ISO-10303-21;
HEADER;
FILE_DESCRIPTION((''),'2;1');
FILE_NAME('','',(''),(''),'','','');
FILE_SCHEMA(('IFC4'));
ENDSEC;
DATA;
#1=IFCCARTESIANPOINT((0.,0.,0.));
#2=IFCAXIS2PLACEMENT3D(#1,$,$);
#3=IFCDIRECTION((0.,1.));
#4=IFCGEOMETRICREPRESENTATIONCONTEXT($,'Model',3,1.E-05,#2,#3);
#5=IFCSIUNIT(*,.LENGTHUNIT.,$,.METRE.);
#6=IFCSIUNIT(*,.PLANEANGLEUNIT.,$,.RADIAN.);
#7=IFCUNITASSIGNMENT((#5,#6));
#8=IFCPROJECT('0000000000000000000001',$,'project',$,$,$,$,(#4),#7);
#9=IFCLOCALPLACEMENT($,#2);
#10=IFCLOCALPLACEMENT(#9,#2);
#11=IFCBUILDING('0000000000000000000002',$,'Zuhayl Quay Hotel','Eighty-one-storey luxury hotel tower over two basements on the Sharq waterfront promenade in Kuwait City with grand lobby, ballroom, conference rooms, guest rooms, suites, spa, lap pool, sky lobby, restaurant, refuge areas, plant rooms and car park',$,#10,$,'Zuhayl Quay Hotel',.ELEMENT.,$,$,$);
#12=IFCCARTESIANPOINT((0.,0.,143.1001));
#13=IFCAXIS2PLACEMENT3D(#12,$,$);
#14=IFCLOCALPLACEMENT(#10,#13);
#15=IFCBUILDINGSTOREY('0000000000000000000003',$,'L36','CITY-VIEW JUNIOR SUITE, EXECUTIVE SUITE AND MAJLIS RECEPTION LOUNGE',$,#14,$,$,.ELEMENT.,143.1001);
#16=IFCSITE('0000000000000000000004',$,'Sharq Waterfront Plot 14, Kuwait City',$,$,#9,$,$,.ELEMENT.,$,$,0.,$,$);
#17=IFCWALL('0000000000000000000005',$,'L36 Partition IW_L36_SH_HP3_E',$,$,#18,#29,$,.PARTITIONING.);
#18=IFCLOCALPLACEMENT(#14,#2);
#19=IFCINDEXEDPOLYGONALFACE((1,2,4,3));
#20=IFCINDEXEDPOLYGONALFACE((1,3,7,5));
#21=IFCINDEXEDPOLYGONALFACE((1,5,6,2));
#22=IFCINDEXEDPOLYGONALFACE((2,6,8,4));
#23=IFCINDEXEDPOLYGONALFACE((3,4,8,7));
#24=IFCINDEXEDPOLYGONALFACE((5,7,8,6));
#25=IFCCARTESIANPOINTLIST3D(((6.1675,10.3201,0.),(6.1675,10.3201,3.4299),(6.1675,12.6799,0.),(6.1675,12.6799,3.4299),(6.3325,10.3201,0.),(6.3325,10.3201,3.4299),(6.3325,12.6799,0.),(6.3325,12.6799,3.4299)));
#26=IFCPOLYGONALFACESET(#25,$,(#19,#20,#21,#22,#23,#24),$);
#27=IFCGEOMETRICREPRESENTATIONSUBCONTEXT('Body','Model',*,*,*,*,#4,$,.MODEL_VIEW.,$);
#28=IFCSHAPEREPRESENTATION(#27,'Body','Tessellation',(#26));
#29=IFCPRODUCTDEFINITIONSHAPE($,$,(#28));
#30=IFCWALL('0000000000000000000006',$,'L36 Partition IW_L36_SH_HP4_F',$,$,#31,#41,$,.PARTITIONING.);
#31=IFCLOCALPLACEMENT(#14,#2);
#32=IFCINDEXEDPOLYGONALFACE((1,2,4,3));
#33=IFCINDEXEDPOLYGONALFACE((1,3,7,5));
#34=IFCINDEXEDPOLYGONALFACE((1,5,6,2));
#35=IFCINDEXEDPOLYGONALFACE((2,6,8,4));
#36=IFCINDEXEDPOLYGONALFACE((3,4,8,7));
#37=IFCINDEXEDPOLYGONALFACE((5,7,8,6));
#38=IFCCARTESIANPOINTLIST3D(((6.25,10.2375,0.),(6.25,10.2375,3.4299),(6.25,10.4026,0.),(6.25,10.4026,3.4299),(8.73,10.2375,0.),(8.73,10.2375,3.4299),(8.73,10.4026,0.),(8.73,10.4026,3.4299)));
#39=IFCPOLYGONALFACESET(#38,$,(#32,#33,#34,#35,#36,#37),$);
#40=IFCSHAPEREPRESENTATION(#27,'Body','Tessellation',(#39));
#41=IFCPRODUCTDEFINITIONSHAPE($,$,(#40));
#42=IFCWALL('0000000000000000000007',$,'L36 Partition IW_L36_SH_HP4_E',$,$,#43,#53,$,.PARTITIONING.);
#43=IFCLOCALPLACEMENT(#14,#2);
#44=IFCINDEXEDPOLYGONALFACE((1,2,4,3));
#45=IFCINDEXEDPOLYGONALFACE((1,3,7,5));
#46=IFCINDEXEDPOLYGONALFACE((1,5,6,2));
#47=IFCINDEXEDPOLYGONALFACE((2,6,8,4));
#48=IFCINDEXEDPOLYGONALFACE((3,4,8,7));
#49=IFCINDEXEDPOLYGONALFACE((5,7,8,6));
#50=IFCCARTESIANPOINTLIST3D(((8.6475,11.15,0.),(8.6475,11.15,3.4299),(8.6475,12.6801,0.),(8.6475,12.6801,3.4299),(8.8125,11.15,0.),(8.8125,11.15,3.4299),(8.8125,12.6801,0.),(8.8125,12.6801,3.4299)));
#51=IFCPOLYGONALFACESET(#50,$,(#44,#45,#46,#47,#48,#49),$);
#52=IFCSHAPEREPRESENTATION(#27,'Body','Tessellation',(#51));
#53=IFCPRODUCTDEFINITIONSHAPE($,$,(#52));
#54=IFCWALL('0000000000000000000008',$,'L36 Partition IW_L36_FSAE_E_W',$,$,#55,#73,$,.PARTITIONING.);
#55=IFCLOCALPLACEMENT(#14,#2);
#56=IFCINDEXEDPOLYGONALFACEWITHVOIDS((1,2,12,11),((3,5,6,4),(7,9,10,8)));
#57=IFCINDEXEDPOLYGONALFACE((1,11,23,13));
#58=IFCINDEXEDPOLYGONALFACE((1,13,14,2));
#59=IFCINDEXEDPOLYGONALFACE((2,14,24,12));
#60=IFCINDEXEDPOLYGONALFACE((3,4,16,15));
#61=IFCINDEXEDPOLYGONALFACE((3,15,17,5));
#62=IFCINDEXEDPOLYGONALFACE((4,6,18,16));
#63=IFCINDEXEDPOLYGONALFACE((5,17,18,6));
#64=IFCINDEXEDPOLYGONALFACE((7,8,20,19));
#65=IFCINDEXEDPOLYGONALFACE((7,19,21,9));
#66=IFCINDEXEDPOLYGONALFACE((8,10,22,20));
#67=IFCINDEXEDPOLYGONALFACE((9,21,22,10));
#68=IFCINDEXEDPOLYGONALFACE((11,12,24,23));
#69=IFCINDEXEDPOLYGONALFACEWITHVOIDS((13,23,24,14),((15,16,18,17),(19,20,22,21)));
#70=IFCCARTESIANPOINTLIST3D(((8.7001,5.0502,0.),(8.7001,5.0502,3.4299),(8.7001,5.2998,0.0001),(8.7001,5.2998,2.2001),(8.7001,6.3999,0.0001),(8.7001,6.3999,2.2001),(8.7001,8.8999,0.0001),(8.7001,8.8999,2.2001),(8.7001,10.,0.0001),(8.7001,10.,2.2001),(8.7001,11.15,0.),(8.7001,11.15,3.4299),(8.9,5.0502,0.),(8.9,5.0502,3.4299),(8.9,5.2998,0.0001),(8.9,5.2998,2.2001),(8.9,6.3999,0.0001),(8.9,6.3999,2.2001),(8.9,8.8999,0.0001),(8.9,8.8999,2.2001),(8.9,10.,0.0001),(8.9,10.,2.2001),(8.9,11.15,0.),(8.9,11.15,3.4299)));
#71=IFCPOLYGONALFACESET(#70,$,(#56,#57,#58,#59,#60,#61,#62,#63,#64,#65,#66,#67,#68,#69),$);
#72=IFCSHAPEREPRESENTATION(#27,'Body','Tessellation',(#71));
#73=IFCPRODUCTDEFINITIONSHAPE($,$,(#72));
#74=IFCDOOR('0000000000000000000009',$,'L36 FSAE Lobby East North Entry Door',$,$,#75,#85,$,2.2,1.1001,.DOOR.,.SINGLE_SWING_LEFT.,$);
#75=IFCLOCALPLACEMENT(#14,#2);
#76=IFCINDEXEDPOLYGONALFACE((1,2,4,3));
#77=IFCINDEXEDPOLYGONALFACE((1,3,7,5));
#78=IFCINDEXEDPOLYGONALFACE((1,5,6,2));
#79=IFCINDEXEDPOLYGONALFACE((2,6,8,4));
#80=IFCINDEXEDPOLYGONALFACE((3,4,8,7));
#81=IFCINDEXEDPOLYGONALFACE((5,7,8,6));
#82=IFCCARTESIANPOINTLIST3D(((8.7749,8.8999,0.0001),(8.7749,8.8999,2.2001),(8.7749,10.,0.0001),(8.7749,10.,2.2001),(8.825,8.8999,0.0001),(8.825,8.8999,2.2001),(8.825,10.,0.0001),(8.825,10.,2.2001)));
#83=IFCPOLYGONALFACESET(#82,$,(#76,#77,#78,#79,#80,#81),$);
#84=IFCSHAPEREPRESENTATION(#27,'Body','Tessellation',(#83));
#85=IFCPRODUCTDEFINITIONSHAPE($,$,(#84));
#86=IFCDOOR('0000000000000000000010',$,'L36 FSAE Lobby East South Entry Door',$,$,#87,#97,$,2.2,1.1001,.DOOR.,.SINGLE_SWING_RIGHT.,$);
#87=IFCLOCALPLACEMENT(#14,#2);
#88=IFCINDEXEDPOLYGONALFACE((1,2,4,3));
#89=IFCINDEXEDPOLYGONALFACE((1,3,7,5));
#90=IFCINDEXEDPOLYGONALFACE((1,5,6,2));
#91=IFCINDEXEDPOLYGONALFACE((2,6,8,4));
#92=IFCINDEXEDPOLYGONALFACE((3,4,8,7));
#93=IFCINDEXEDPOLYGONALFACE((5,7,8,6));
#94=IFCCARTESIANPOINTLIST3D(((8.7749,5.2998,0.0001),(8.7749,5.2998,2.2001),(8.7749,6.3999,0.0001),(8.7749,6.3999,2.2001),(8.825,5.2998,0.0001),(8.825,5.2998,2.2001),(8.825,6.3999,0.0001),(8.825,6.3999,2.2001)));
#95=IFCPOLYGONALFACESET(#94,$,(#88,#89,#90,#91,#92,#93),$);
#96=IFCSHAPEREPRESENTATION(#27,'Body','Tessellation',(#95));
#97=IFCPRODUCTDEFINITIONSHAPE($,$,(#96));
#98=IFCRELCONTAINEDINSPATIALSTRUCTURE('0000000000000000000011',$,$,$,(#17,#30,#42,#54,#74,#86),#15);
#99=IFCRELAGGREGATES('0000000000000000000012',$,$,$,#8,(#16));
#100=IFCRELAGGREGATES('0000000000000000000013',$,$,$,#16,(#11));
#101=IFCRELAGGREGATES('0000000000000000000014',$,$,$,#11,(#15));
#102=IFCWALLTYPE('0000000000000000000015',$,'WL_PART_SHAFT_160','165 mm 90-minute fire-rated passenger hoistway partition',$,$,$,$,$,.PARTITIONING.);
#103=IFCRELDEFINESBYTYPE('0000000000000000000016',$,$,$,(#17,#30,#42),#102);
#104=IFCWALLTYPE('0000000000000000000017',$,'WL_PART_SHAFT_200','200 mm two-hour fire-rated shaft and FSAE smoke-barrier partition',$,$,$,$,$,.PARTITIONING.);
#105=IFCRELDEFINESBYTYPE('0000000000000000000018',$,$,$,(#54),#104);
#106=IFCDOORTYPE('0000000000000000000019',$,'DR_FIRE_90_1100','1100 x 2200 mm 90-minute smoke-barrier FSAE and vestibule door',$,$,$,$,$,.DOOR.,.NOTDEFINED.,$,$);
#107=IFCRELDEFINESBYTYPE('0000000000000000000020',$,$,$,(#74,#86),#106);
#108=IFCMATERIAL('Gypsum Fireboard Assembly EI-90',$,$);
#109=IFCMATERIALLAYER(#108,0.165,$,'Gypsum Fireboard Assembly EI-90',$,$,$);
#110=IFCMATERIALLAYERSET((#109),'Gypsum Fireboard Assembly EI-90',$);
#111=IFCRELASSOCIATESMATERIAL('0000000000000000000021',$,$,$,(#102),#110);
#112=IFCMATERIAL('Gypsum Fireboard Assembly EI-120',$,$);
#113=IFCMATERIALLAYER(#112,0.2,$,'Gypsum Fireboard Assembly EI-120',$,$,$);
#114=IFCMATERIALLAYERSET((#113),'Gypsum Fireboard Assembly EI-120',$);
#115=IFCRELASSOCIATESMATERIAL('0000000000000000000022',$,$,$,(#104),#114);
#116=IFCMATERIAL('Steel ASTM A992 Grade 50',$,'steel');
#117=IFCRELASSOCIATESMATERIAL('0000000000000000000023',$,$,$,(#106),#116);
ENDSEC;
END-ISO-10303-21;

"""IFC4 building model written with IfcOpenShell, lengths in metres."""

from ifc_helpers import new_model, si_unit, direction, frame, frame_2d, origin, place, context, subcontext, project, spatial, rectangle, extrude, material, layer, layer_set, type_object, element, fill, save


model = new_model("IFC4")

# Units and contexts
model_context = context("Model", 3, precision=1e-05, world=origin(), true_north=direction((0.0, 1.0)))
body_context = subcontext(model_context, "Body", "Model", "MODEL_VIEW")
ifc_project = project(units=[si_unit("LENGTHUNIT", "METRE"), si_unit("PLANEANGLEUNIT", "RADIAN")], contexts=[model_context])

# Site, building, storey
site_placement = place(None, origin())
site = spatial("IfcSite", under=ifc_project, at=site_placement, Name="Sharq Waterfront Plot 14, Kuwait City", CompositionType="ELEMENT", RefElevation=0.0)
building_placement = place(site_placement, origin())
building = spatial("IfcBuilding", under=site, at=building_placement, Name="Zuhayl Quay Hotel", Description="Eighty-one-storey luxury hotel tower over two basements on the Sharq waterfront promenade in Kuwait City with grand lobby, ballroom, conference rooms, guest rooms, suites, spa, lap pool, sky lobby, restaurant, refuge areas, plant rooms and car park", LongName="Zuhayl Quay Hotel", CompositionType="ELEMENT")
storey_placement = place(building_placement, frame((0.0, 0.0, 143.1001)))
storey = spatial("IfcBuildingStorey", under=building, at=storey_placement, Name="L36", Description="CITY-VIEW JUNIOR SUITE, EXECUTIVE SUITE AND MAJLIS RECEPTION LOUNGE", CompositionType="ELEMENT", Elevation=143.1001)

# Shared definitions
ifc_material_1 = material(Name="Steel ASTM A992 Grade 50", Category="steel")

# Walls
ifc_material_2 = material(Name="Gypsum Fireboard Assembly EI-90")
ifc_layer_1 = layer(ifc_material_2, 0.165, Name="Gypsum Fireboard Assembly EI-90")
ifc_layer_set_1 = layer_set([ifc_layer_1], Name="Gypsum Fireboard Assembly EI-90")
wall_type_1 = type_object("IfcWallType", Name="WL_PART_SHAFT_160", Description="165 mm 90-minute fire-rated passenger hoistway partition", PredefinedType="PARTITIONING", material=ifc_layer_set_1)
wall_1_placement = place(storey_placement, frame((6.25, 10.3201, 0.0), z_axis=(0.0, 0.0, 1.0), x_axis=(0.0, 1.0, 0.0)))
element("IfcWall", 1, at=wall_1_placement, inside=storey, type_object=wall_type_1, Name="L36 Partition IW_L36_SH_HP3_E", PredefinedType="PARTITIONING", context=body_context, shape_type="SweptSolid", body=[
    extrude(rectangle(XDim=2.3599, YDim=0.165, at=frame_2d((1.1799, 0.0))), origin(), (0.0, 0.0, 1.0), 3.4299),
])
wall_2_placement = place(storey_placement, frame((6.25, 10.3201, 0.0), z_axis=(0.0, 0.0, 1.0), x_axis=(1.0, 0.0, 0.0)))
element("IfcWall", 2, at=wall_2_placement, inside=storey, type_object=wall_type_1, Name="L36 Partition IW_L36_SH_HP4_F", PredefinedType="PARTITIONING", context=body_context, shape_type="SweptSolid", body=[
    extrude(rectangle(XDim=2.48, YDim=0.165, at=frame_2d((1.24, 0.0))), origin(), (0.0, 0.0, 1.0), 3.4299),
])
wall_3_placement = place(storey_placement, frame((8.73, 11.1499, 0.0), z_axis=(0.0, 0.0, 1.0), x_axis=(0.0, 1.0, 0.0)))
element("IfcWall", 3, at=wall_3_placement, inside=storey, type_object=wall_type_1, Name="L36 Partition IW_L36_SH_HP4_E", PredefinedType="PARTITIONING", context=body_context, shape_type="SweptSolid", body=[
    extrude(rectangle(XDim=1.53, YDim=0.165, at=frame_2d((0.7651, 0.0))), origin(), (0.0, 0.0, 1.0), 3.4299),
])

# Wall, openings, doors
ifc_material_3 = material(Name="Gypsum Fireboard Assembly EI-120")
ifc_layer_2 = layer(ifc_material_3, 0.2, Name="Gypsum Fireboard Assembly EI-120")
ifc_layer_set_2 = layer_set([ifc_layer_2], Name="Gypsum Fireboard Assembly EI-120")
wall_type_2 = type_object("IfcWallType", Name="WL_PART_SHAFT_200", Description="200 mm two-hour fire-rated shaft and FSAE smoke-barrier partition", PredefinedType="PARTITIONING", material=ifc_layer_set_2)
wall_4_placement = place(storey_placement, frame((8.8, 11.1499, 0.0), z_axis=(0.0, 0.0, 1.0), x_axis=(0.0, -1.0, 0.0)))
wall_4 = element("IfcWall", 4, at=wall_4_placement, inside=storey, type_object=wall_type_2, Name="L36 Partition IW_L36_FSAE_E_W", PredefinedType="PARTITIONING", context=body_context, shape_type="SweptSolid", body=[
    extrude(rectangle(XDim=6.0999, YDim=0.2, at=frame_2d((3.0498, 0.0))), origin(), (0.0, 0.0, 1.0), 3.4299),
])
opening_1_placement = place(wall_4_placement, frame((1.1499, 0.0, 0.0)))
opening_1 = element("IfcOpeningElement", 5, at=opening_1_placement, cuts=wall_4, PredefinedType="OPENING", context=body_context, shape_type="SweptSolid", body=[
    extrude(rectangle(XDim=1.1001, YDim=2.2, at=frame_2d((0.55, 1.1001))), frame((0.0, 0.1099, 0.0), z_axis=(0.0, -1.0, 0.0), x_axis=(1.0, 0.0, 0.0)), (0.0, 0.0, 1.0), 0.22),
])
opening_2_placement = place(wall_4_placement, frame((4.75, 0.0, 0.0)))
opening_2 = element("IfcOpeningElement", 6, at=opening_2_placement, cuts=wall_4, PredefinedType="OPENING", context=body_context, shape_type="SweptSolid", body=[
    extrude(rectangle(XDim=1.1001, YDim=2.2, at=frame_2d((0.55, 1.1001))), frame((0.0, 0.1099, 0.0), z_axis=(0.0, -1.0, 0.0), x_axis=(1.0, 0.0, 0.0)), (0.0, 0.0, 1.0), 0.22),
])
door_type_1 = type_object("IfcDoorType", Name="DR_FIRE_90_1100", Description="1100 x 2200 mm 90-minute smoke-barrier FSAE and vestibule door", OperationType="NOTDEFINED", PredefinedType="DOOR", material=ifc_material_1)
door_1_placement = place(opening_1_placement, origin())
door_1 = element("IfcDoor", 7, at=door_1_placement, inside=storey, type_object=door_type_1, Name="L36 FSAE Lobby East North Entry Door", OperationType="SINGLE_SWING_LEFT", OverallHeight=2.2, OverallWidth=1.1001, PredefinedType="DOOR", context=body_context, shape_type="SweptSolid", body=[
    extrude(rectangle(XDim=1.1001, YDim=2.2, at=frame_2d((0.55, 1.1001))), frame((0.0, 0.0249, 0.0), z_axis=(0.0, -1.0, 0.0), x_axis=(1.0, 0.0, 0.0)), (0.0, 0.0, 1.0), 0.05),
])
fill(opening_1, door_1)
door_2_placement = place(opening_2_placement, origin())
door_2 = element("IfcDoor", 8, at=door_2_placement, inside=storey, type_object=door_type_1, Name="L36 FSAE Lobby East South Entry Door", OperationType="SINGLE_SWING_RIGHT", OverallHeight=2.2, OverallWidth=1.1001, PredefinedType="DOOR", context=body_context, shape_type="SweptSolid", body=[
    extrude(rectangle(XDim=1.1001, YDim=2.2, at=frame_2d((0.55, 1.1001))), frame((0.0, 0.0249, 0.0), z_axis=(0.0, -1.0, 0.0), x_axis=(1.0, 0.0, 0.0)), (0.0, 0.0, 1.0), 0.05),
])
fill(opening_2, door_2)

save(model, "model.ifc")
